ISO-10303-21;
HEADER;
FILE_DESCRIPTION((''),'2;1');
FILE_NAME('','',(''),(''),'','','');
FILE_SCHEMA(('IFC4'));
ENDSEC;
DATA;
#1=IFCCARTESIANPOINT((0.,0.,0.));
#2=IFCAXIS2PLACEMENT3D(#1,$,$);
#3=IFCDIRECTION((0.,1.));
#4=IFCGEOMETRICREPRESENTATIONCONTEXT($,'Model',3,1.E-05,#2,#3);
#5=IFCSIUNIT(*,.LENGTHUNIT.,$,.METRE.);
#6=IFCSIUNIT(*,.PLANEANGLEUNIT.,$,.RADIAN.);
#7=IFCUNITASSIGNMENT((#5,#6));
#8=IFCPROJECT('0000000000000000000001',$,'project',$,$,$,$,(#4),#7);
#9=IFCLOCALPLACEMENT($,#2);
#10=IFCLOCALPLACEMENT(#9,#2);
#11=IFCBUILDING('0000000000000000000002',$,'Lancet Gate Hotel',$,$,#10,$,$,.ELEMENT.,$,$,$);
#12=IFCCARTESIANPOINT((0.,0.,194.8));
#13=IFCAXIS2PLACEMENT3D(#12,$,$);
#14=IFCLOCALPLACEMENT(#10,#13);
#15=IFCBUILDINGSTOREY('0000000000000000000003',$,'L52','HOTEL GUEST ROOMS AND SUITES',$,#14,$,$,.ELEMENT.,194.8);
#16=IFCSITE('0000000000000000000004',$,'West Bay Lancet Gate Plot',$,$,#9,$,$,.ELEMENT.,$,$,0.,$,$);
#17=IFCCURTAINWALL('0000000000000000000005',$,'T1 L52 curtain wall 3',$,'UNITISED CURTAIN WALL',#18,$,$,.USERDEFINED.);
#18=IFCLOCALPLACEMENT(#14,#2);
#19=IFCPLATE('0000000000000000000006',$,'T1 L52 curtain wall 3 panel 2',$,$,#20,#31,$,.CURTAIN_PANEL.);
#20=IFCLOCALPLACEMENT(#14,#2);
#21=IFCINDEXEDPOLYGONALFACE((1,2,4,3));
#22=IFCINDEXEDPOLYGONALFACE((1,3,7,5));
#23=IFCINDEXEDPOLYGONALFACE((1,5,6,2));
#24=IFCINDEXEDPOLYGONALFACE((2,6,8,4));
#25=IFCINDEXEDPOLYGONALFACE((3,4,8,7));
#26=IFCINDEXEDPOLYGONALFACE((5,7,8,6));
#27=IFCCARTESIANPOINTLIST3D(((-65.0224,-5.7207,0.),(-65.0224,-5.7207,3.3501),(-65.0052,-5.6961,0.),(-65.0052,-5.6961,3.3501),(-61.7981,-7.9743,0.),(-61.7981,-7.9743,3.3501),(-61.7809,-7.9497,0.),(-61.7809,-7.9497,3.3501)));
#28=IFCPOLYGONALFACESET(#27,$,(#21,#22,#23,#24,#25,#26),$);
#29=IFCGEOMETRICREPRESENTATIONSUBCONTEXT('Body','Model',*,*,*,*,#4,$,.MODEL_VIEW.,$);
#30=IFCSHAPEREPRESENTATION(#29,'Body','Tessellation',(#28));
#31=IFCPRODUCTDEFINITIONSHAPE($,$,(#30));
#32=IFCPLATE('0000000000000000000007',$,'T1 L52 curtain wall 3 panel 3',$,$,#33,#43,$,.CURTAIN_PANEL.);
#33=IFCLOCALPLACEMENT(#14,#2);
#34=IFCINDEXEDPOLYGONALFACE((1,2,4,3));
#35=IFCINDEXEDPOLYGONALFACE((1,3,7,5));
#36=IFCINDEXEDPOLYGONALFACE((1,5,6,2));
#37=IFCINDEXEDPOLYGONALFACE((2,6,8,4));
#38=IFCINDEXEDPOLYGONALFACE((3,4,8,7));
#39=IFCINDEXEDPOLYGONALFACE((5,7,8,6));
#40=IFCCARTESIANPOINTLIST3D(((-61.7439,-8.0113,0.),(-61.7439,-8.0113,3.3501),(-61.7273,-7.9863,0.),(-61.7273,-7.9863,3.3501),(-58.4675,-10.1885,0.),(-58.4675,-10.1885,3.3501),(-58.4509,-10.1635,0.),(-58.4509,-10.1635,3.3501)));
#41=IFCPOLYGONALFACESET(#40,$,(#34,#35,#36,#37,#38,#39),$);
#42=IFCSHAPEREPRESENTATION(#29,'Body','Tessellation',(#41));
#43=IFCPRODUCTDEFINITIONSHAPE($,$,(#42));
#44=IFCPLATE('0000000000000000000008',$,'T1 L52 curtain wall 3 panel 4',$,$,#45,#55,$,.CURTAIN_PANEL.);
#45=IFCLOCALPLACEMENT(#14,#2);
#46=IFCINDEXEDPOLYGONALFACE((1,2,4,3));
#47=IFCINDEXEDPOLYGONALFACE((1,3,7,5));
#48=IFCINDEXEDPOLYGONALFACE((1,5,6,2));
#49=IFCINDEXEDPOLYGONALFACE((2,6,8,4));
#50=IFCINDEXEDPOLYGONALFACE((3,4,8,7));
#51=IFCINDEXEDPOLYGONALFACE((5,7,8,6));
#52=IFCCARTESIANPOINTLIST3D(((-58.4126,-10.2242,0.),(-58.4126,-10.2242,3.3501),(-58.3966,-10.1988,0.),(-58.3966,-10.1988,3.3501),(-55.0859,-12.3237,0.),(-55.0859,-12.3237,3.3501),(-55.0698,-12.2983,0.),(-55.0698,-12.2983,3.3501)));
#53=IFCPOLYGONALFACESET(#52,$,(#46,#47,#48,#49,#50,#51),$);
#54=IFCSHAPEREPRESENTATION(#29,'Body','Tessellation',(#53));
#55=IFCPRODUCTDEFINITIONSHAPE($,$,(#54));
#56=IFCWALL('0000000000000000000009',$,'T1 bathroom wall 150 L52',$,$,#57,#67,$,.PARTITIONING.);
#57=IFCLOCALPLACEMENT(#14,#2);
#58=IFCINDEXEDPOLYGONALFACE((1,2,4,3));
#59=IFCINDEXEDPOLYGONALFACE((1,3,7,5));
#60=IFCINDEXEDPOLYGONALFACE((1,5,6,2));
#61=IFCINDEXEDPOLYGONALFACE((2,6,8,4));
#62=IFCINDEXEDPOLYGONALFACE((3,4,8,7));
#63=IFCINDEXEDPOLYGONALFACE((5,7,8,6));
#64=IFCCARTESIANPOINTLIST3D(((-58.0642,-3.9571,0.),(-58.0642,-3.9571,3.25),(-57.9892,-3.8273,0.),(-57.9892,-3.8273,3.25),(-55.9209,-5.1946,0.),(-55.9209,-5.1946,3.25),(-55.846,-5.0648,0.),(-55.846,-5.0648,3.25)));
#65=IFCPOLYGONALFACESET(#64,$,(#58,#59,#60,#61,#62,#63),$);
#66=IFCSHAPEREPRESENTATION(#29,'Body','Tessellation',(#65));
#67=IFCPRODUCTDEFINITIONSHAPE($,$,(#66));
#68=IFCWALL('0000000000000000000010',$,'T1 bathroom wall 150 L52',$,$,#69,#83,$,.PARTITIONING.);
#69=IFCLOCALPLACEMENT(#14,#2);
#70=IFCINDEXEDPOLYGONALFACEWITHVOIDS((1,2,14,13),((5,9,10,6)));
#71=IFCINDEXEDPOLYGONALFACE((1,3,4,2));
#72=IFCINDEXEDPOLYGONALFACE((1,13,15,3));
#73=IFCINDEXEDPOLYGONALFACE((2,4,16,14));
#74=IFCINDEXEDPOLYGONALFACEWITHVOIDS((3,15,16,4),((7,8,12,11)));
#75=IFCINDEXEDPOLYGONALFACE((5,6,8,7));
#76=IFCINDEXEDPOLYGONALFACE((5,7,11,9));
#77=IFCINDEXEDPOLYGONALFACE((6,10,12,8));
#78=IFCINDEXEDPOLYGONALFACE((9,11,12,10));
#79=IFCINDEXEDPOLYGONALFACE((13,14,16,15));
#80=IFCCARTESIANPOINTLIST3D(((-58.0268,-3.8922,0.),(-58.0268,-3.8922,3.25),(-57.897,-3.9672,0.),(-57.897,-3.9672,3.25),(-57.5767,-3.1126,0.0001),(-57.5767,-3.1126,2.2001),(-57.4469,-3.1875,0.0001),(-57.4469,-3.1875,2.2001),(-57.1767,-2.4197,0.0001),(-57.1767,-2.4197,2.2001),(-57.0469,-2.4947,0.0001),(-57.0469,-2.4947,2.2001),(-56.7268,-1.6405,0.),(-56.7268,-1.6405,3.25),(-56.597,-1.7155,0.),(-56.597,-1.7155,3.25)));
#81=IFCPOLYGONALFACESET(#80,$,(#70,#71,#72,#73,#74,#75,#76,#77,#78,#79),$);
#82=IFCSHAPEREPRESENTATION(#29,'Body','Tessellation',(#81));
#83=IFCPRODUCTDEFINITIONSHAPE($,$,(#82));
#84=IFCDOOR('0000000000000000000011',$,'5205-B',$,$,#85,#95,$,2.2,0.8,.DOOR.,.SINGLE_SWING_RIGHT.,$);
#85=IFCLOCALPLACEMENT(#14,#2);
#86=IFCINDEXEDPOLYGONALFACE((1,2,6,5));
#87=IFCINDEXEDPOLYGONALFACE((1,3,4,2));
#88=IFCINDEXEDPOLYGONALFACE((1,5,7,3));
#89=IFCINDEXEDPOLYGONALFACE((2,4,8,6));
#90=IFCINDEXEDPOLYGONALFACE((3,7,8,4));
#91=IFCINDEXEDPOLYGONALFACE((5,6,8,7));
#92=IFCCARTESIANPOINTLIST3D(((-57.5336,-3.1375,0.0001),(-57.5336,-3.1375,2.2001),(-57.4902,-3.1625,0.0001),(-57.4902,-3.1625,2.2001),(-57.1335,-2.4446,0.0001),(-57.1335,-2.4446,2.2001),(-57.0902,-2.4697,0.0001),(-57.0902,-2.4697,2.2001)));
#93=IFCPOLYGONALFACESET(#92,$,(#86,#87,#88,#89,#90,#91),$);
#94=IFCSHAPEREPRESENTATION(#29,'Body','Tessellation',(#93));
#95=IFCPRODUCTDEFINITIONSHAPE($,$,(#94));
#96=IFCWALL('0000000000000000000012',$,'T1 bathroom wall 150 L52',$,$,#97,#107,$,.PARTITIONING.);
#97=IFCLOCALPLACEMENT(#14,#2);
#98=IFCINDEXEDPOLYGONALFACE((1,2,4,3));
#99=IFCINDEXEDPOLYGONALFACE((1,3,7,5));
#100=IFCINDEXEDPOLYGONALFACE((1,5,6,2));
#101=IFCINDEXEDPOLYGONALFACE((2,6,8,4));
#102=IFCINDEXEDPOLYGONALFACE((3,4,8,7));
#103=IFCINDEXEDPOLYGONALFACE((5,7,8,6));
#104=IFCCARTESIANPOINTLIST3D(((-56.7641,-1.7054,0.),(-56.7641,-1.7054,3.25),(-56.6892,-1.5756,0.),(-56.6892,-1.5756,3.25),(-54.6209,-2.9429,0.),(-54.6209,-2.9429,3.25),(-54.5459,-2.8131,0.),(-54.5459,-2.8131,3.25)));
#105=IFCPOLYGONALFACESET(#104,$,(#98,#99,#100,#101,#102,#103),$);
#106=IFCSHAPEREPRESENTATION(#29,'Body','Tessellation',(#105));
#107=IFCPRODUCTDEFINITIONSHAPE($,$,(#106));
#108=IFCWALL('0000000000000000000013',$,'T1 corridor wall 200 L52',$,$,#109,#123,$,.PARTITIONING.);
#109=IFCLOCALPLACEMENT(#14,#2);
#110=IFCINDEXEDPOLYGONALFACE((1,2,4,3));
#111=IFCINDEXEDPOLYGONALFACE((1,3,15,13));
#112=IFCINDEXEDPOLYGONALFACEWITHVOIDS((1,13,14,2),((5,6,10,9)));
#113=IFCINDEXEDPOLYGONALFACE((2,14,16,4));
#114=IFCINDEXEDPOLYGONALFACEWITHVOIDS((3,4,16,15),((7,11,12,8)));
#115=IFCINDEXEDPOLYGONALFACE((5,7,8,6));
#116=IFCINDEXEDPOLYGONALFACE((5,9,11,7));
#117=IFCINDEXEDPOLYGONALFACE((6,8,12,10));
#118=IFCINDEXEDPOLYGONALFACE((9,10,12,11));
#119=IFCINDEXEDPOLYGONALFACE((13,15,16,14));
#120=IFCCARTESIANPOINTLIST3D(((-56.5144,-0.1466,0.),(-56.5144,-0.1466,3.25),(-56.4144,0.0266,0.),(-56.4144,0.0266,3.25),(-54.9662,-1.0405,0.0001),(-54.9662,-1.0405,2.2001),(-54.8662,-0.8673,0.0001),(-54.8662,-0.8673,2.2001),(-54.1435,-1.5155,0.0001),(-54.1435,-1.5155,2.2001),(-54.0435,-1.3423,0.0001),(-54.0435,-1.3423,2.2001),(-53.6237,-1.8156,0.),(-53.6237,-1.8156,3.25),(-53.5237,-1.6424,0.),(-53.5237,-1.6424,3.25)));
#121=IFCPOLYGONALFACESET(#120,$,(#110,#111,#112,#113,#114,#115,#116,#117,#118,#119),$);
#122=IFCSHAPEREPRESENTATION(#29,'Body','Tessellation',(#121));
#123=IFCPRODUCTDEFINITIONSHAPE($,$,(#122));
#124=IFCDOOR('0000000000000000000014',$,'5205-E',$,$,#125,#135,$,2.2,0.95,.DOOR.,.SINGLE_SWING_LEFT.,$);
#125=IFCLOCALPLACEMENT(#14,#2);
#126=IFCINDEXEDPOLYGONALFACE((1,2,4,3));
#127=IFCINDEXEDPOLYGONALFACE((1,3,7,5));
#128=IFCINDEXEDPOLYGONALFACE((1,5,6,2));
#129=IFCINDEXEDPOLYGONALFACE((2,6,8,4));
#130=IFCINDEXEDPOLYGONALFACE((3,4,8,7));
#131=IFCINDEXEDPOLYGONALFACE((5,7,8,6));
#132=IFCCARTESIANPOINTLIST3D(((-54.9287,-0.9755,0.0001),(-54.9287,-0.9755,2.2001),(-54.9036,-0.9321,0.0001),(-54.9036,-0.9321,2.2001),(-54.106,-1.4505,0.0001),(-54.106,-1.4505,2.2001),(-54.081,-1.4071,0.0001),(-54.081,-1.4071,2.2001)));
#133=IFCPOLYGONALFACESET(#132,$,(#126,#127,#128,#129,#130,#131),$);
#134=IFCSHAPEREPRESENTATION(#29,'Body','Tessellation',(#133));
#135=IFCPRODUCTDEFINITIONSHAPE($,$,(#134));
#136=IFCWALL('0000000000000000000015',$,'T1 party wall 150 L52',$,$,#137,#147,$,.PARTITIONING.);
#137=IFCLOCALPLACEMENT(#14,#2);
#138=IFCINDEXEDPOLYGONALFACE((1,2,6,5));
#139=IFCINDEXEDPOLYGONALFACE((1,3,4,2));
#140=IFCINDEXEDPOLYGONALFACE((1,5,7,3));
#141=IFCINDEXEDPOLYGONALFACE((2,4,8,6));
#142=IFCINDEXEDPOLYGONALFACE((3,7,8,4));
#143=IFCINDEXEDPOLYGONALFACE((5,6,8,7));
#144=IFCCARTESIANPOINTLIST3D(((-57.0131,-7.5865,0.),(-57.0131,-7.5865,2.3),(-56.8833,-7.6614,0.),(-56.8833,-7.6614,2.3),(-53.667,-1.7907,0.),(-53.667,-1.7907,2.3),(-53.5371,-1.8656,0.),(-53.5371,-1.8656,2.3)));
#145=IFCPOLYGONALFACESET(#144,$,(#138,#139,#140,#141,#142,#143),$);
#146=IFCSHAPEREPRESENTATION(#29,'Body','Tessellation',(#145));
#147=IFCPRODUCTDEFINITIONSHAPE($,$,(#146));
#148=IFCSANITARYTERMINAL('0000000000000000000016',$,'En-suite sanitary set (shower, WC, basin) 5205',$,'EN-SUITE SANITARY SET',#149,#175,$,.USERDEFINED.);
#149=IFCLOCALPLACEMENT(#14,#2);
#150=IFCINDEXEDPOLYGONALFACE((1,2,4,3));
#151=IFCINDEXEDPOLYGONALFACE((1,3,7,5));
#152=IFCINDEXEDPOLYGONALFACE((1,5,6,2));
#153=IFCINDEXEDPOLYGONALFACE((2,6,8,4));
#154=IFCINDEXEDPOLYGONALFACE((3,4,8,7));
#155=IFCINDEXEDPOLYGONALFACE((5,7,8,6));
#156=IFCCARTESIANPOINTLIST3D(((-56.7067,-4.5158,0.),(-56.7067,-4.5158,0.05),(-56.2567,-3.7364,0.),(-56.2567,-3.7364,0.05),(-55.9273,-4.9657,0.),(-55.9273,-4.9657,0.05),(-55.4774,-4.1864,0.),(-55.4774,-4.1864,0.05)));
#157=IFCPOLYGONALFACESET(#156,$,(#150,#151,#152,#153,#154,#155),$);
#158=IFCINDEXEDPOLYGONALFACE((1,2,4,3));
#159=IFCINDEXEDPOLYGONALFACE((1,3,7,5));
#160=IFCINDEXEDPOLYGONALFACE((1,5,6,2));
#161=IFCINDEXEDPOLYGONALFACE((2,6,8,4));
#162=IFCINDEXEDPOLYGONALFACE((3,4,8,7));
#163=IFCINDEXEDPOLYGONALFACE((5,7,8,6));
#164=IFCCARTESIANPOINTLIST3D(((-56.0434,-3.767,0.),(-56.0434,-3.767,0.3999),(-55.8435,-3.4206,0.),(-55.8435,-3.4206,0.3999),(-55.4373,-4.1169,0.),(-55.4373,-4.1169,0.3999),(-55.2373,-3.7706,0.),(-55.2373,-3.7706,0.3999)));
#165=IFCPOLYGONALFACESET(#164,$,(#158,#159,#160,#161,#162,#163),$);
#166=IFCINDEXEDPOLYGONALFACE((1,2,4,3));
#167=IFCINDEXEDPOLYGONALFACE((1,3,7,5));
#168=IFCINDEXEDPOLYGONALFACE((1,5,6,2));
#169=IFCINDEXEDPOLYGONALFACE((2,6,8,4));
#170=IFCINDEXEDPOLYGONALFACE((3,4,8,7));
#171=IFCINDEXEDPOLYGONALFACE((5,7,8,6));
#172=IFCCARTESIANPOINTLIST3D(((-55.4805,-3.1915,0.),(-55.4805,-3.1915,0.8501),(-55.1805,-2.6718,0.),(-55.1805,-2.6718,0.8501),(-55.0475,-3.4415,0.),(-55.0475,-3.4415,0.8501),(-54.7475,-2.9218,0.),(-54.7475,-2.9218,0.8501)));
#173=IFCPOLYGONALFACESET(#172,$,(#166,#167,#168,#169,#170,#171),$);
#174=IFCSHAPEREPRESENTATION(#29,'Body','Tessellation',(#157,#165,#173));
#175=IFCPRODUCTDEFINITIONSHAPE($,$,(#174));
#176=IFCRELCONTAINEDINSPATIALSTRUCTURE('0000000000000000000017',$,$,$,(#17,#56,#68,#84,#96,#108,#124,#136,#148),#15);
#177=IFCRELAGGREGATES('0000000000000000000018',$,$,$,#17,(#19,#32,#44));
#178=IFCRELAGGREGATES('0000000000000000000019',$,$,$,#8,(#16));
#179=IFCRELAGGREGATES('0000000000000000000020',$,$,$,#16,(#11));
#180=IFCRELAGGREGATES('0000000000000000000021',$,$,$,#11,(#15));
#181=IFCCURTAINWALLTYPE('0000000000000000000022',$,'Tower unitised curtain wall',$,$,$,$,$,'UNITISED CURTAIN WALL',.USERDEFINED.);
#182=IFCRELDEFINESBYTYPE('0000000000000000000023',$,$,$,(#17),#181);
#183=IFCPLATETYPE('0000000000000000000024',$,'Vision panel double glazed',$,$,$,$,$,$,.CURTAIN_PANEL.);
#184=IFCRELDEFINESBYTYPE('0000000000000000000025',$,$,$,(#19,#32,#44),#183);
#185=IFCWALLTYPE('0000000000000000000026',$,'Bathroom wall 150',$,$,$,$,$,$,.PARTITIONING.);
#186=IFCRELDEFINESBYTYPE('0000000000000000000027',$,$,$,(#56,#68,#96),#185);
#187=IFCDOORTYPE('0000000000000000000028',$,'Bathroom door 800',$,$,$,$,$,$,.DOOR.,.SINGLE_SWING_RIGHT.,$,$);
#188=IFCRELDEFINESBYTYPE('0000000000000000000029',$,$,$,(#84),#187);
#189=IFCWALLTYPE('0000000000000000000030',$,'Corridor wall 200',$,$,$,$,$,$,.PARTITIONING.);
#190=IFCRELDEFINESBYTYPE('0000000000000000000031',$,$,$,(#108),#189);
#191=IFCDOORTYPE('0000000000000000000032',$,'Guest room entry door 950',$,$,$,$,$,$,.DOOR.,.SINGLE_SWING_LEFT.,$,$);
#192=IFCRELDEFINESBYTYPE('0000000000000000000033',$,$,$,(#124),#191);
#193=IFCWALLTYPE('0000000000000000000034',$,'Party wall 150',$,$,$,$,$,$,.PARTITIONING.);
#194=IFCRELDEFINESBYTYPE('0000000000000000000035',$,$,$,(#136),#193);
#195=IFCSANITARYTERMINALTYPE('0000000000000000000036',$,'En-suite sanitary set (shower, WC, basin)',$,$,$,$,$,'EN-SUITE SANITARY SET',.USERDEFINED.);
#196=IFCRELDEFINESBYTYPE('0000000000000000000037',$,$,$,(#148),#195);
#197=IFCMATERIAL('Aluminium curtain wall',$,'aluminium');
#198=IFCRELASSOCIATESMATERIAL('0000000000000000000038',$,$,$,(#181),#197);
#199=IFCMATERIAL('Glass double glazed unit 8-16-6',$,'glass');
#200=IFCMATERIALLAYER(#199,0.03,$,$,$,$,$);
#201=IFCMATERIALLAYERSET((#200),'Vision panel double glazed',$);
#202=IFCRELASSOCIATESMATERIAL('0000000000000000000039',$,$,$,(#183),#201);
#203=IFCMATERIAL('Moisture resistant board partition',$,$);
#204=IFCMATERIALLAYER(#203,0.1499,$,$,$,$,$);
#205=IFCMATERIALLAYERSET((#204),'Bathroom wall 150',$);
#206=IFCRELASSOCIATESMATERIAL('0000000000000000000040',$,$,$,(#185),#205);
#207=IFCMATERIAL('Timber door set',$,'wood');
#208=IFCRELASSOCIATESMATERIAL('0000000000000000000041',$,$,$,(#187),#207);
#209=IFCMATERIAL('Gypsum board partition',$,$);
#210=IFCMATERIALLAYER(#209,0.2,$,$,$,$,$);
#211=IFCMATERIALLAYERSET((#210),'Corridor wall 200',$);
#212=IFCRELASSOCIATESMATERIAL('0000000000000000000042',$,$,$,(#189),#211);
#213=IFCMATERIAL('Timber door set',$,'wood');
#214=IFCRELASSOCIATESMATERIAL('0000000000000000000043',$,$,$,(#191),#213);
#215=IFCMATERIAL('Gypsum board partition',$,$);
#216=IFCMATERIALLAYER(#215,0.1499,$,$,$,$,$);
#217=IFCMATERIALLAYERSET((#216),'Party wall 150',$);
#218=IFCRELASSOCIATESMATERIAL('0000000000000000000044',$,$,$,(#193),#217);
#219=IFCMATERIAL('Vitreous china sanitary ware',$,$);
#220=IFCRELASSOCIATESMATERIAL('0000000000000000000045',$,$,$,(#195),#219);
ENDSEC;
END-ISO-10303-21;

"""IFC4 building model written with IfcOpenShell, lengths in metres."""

from ifc_helpers import new_model, si_unit, direction, frame, frame_2d, origin, origin_2d, place, context, subcontext, project, spatial, rectangle, extrude, material, layer, layer_set, type_object, element, fill, aggregate, save


model = new_model("IFC4")

# Units and contexts
model_context = context("Model", 3, precision=1e-05, world=origin(), true_north=direction((0.0, 1.0)))
body_context = subcontext(model_context, "Body", "Model", "MODEL_VIEW")
ifc_project = project(units=[si_unit("LENGTHUNIT", "METRE"), si_unit("PLANEANGLEUNIT", "RADIAN")], contexts=[model_context])

# Site, building, storey
site_placement = place(None, origin())
site = spatial("IfcSite", under=ifc_project, at=site_placement, Name="West Bay Lancet Gate Plot", CompositionType="ELEMENT", RefElevation=0.0)
building_placement = place(site_placement, origin())
building = spatial("IfcBuilding", under=site, at=building_placement, Name="Lancet Gate Hotel", CompositionType="ELEMENT")
storey_placement = place(building_placement, frame((0.0, 0.0, 194.8)))
storey = spatial("IfcBuildingStorey", under=building, at=storey_placement, Name="L52", Description="HOTEL GUEST ROOMS AND SUITES", CompositionType="ELEMENT", Elevation=194.8)

# Curtain wall
ifc_material_1 = material(Name="Aluminium curtain wall", Category="aluminium")
curtain_wall_type = type_object("IfcCurtainWallType", Name="Tower unitised curtain wall", ElementType="UNITISED CURTAIN WALL", PredefinedType="USERDEFINED", material=ifc_material_1)
curtain_wall_placement = place(storey_placement, origin())
curtain_wall = element("IfcCurtainWall", 1, at=curtain_wall_placement, inside=storey, type_object=curtain_wall_type, Name="T1 L52 curtain wall 3", ObjectType="UNITISED CURTAIN WALL", PredefinedType="USERDEFINED")

# Plates
ifc_material_2 = material(Name="Glass double glazed unit 8-16-6", Category="glass")
ifc_layer_1 = layer(ifc_material_2, 0.03)
ifc_layer_set_1 = layer_set([ifc_layer_1], Name="Vision panel double glazed")
plate_type = type_object("IfcPlateType", Name="Vision panel double glazed", PredefinedType="CURTAIN_PANEL", material=ifc_layer_set_1)
plate_1_placement = place(storey_placement, frame((-63.4016, -6.8352, 0.0), z_axis=(0.0, 0.0, 1.0), x_axis=(0.819631, -0.572892, 0.0)))
plate_1 = element("IfcPlate", 2, at=plate_1_placement, type_object=plate_type, Name="T1 L52 curtain wall 3 panel 2", PredefinedType="CURTAIN_PANEL", context=body_context, shape_type="SweptSolid", body=[
    extrude(rectangle(XDim=3.9338, YDim=0.03, at=origin_2d()), origin(), (0.0, 0.0, 1.0), 3.3501),
])
plate_2_placement = place(storey_placement, frame((-60.0974, -9.0874, 0.0), z_axis=(0.0, 0.0, 1.0), x_axis=(0.832879, -0.553455, 0.0)))
plate_2 = element("IfcPlate", 3, at=plate_2_placement, type_object=plate_type, Name="T1 L52 curtain wall 3 panel 3", PredefinedType="CURTAIN_PANEL", context=body_context, shape_type="SweptSolid", body=[
    extrude(rectangle(XDim=3.9338, YDim=0.03, at=origin_2d()), origin(), (0.0, 0.0, 1.0), 3.3501),
])
plate_3_placement = place(storey_placement, frame((-56.7412, -11.2612, 0.0), z_axis=(0.0, 0.0, 1.0), x_axis=(0.845667, -0.533711, 0.0)))
plate_3 = element("IfcPlate", 4, at=plate_3_placement, type_object=plate_type, Name="T1 L52 curtain wall 3 panel 4", PredefinedType="CURTAIN_PANEL", context=body_context, shape_type="SweptSolid", body=[
    extrude(rectangle(XDim=3.9338, YDim=0.03, at=origin_2d()), origin(), (0.0, 0.0, 1.0), 3.3501),
])
aggregate(curtain_wall, [plate_1, plate_2, plate_3])

# Wall
ifc_material_3 = material(Name="Moisture resistant board partition")
ifc_layer_2 = layer(ifc_material_3, 0.1499)
ifc_layer_set_2 = layer_set([ifc_layer_2], Name="Bathroom wall 150")
wall_type_1 = type_object("IfcWallType", Name="Bathroom wall 150", PredefinedType="PARTITIONING", material=ifc_layer_set_2)
wall_1_placement = place(storey_placement, frame((-55.8835, -5.1296, 0.0), z_axis=(0.0, 0.0, 1.0), x_axis=(-0.866007, 0.500033, 0.0)))
element("IfcWall", 5, at=wall_1_placement, inside=storey, type_object=wall_type_1, Name="T1 bathroom wall 150 L52", PredefinedType="PARTITIONING", context=body_context, shape_type="SweptSolid", body=[
    extrude(rectangle(XDim=2.4749, YDim=0.1499, at=frame_2d((1.2373, 0.0))), origin(), (0.0, 0.0, 1.0), 3.25),
])

# Wall, opening, door
wall_2_placement = place(storey_placement, frame((-56.6619, -1.678, 0.0), z_axis=(0.0, 0.0, 1.0), x_axis=(-0.500007, -0.866021, 0.0)))
wall_2 = element("IfcWall", 6, at=wall_2_placement, inside=storey, type_object=wall_type_1, Name="T1 bathroom wall 150 L52", PredefinedType="PARTITIONING", context=body_context, shape_type="SweptSolid", body=[
    extrude(rectangle(XDim=2.6001, YDim=0.1499, at=frame_2d((1.3, 0.0))), origin(), (0.0, 0.0, 1.0), 3.25),
])
opening_1_placement = place(wall_2_placement, frame((0.8999, 0.0, 0.0)))
opening_1 = element("IfcOpeningElement", 7, at=opening_1_placement, cuts=wall_2, PredefinedType="OPENING", context=body_context, shape_type="SweptSolid", body=[
    extrude(rectangle(XDim=0.8, YDim=2.2, at=frame_2d((0.3999, 1.1001))), frame((0.0, 0.085, 0.0), z_axis=(0.0, -1.0, 0.0), x_axis=(1.0, 0.0, 0.0)), (0.0, 0.0, 1.0), 0.1699),
])
ifc_material_4 = material(Name="Timber door set", Category="wood")
door_type_1 = type_object("IfcDoorType", Name="Bathroom door 800", OperationType="SINGLE_SWING_RIGHT", PredefinedType="DOOR", material=ifc_material_4)
door_1_placement = place(opening_1_placement, origin())
door_1 = element("IfcDoor", 8, at=door_1_placement, inside=storey, type_object=door_type_1, Name="5205-B", OperationType="SINGLE_SWING_RIGHT", OverallHeight=2.2, OverallWidth=0.8, PredefinedType="DOOR", context=body_context, shape_type="SweptSolid", body=[
    extrude(rectangle(XDim=0.8, YDim=2.2, at=frame_2d((0.3999, 1.1001))), frame((0.0, 0.0249, 0.0), z_axis=(0.0, -1.0, 0.0), x_axis=(1.0, 0.0, 0.0)), (0.0, 0.0, 1.0), 0.05),
])
fill(opening_1, door_1)

# Wall
wall_3_placement = place(storey_placement, frame((-54.5835, -2.8779, 0.0), z_axis=(0.0, 0.0, 1.0), x_axis=(-0.866007, 0.500033, 0.0)))
element("IfcWall", 9, at=wall_3_placement, inside=storey, type_object=wall_type_1, Name="T1 bathroom wall 150 L52", PredefinedType="PARTITIONING", context=body_context, shape_type="SweptSolid", body=[
    extrude(rectangle(XDim=2.4749, YDim=0.1499, at=frame_2d((1.2373, 0.0))), origin(), (0.0, 0.0, 1.0), 3.25),
])

# Wall, opening, door
ifc_material_5 = material(Name="Gypsum board partition")
ifc_layer_3 = layer(ifc_material_5, 0.2)
ifc_layer_set_3 = layer_set([ifc_layer_3], Name="Corridor wall 200")
wall_type_2 = type_object("IfcWallType", Name="Corridor wall 200", PredefinedType="PARTITIONING", material=ifc_layer_set_3)
wall_4_placement = place(storey_placement, frame((-53.5737, -1.729, 0.0), z_axis=(0.0, 0.0, 1.0), x_axis=(-0.86602, 0.500009, 0.0)))
wall_4 = element("IfcWall", 10, at=wall_4_placement, inside=storey, type_object=wall_type_2, Name="T1 corridor wall 200 L52", PredefinedType="PARTITIONING", context=body_context, shape_type="SweptSolid", body=[
    extrude(rectangle(XDim=3.3379, YDim=0.2, at=frame_2d((1.6689, 0.0))), origin(), (0.0, 0.0, 1.0), 3.25),
])
opening_2_placement = place(wall_4_placement, frame((0.6001, 0.0, 0.0)))
opening_2 = element("IfcOpeningElement", 11, at=opening_2_placement, cuts=wall_4, PredefinedType="OPENING", context=body_context, shape_type="SweptSolid", body=[
    extrude(rectangle(XDim=0.95, YDim=2.2, at=frame_2d((0.4751, 1.1001))), frame((0.0, 0.1099, 0.0), z_axis=(0.0, -1.0, 0.0), x_axis=(1.0, 0.0, 0.0)), (0.0, 0.0, 1.0), 0.22),
])
ifc_material_6 = material(Name="Timber door set", Category="wood")
door_type_2 = type_object("IfcDoorType", Name="Guest room entry door 950", OperationType="SINGLE_SWING_LEFT", PredefinedType="DOOR", material=ifc_material_6)
door_2_placement = place(opening_2_placement, origin())
door_2 = element("IfcDoor", 12, at=door_2_placement, inside=storey, type_object=door_type_2, Name="5205-E", OperationType="SINGLE_SWING_LEFT", OverallHeight=2.2, OverallWidth=0.95, PredefinedType="DOOR", context=body_context, shape_type="SweptSolid", body=[
    extrude(rectangle(XDim=0.95, YDim=2.2, at=frame_2d((0.4751, 1.1001))), frame((0.0, 0.0249, 0.0), z_axis=(0.0, -1.0, 0.0), x_axis=(1.0, 0.0, 0.0)), (0.0, 0.0, 1.0), 0.05),
])
fill(opening_2, door_2)

# Wall
ifc_material_7 = material(Name="Gypsum board partition")
ifc_layer_4 = layer(ifc_material_7, 0.1499)
ifc_layer_set_4 = layer_set([ifc_layer_4], Name="Party wall 150")
wall_type_3 = type_object("IfcWallType", Name="Party wall 150", PredefinedType="PARTITIONING", material=ifc_layer_set_4)
wall_5_placement = place(storey_placement, frame((-53.6021, -1.8281, 0.0), z_axis=(0.0, 0.0, 1.0), x_axis=(-0.499992, -0.86603, 0.0)))
element("IfcWall", 13, at=wall_5_placement, inside=storey, type_object=wall_type_3, Name="T1 party wall 150 L52", PredefinedType="PARTITIONING", context=body_context, shape_type="SweptSolid", body=[
    extrude(rectangle(XDim=6.6924, YDim=0.1499, at=frame_2d((3.3462, 0.0))), origin(), (0.0, 0.0, 1.0), 2.3),
])

# Sanitary terminal
ifc_material_8 = material(Name="Vitreous china sanitary ware")
sanitary_terminal_type = type_object("IfcSanitaryTerminalType", Name="En-suite sanitary set (shower, WC, basin)", ElementType="EN-SUITE SANITARY SET", PredefinedType="USERDEFINED", material=ifc_material_8)
sanitary_terminal_placement = place(storey_placement, frame((-56.092, -4.3511, 0.0), z_axis=(0.0, 0.0, 1.0), x_axis=(1.0, 0.0, 0.0)))
element("IfcSanitaryTerminal", 14, at=sanitary_terminal_placement, inside=storey, type_object=sanitary_terminal_type, Name="En-suite sanitary set (shower, WC, basin) 5205", ObjectType="EN-SUITE SANITARY SET", PredefinedType="USERDEFINED", context=body_context, shape_type="SweptSolid", body=[
    extrude(rectangle(XDim=0.8999, YDim=0.8999, at=origin_2d()), frame((0.0, 0.0, 0.0), z_axis=(0.0, 0.0, 1.0), x_axis=(-0.5, -0.866025, 0.0)), (0.0, 0.0, 1.0), 0.05),
    extrude(rectangle(XDim=0.3999, YDim=0.7, at=origin_2d()), frame((0.4517, 0.5823, 0.0), z_axis=(0.0, 0.0, 1.0), x_axis=(-0.5, -0.866025, 0.0)), (0.0, 0.0, 1.0), 0.3999),
    extrude(rectangle(XDim=0.6001, YDim=0.5, at=origin_2d()), frame((0.978, 1.2944, 0.0), z_axis=(0.0, 0.0, 1.0), x_axis=(-0.5, -0.866025, 0.0)), (0.0, 0.0, 1.0), 0.8501),
])

save(model, "model.ifc")
